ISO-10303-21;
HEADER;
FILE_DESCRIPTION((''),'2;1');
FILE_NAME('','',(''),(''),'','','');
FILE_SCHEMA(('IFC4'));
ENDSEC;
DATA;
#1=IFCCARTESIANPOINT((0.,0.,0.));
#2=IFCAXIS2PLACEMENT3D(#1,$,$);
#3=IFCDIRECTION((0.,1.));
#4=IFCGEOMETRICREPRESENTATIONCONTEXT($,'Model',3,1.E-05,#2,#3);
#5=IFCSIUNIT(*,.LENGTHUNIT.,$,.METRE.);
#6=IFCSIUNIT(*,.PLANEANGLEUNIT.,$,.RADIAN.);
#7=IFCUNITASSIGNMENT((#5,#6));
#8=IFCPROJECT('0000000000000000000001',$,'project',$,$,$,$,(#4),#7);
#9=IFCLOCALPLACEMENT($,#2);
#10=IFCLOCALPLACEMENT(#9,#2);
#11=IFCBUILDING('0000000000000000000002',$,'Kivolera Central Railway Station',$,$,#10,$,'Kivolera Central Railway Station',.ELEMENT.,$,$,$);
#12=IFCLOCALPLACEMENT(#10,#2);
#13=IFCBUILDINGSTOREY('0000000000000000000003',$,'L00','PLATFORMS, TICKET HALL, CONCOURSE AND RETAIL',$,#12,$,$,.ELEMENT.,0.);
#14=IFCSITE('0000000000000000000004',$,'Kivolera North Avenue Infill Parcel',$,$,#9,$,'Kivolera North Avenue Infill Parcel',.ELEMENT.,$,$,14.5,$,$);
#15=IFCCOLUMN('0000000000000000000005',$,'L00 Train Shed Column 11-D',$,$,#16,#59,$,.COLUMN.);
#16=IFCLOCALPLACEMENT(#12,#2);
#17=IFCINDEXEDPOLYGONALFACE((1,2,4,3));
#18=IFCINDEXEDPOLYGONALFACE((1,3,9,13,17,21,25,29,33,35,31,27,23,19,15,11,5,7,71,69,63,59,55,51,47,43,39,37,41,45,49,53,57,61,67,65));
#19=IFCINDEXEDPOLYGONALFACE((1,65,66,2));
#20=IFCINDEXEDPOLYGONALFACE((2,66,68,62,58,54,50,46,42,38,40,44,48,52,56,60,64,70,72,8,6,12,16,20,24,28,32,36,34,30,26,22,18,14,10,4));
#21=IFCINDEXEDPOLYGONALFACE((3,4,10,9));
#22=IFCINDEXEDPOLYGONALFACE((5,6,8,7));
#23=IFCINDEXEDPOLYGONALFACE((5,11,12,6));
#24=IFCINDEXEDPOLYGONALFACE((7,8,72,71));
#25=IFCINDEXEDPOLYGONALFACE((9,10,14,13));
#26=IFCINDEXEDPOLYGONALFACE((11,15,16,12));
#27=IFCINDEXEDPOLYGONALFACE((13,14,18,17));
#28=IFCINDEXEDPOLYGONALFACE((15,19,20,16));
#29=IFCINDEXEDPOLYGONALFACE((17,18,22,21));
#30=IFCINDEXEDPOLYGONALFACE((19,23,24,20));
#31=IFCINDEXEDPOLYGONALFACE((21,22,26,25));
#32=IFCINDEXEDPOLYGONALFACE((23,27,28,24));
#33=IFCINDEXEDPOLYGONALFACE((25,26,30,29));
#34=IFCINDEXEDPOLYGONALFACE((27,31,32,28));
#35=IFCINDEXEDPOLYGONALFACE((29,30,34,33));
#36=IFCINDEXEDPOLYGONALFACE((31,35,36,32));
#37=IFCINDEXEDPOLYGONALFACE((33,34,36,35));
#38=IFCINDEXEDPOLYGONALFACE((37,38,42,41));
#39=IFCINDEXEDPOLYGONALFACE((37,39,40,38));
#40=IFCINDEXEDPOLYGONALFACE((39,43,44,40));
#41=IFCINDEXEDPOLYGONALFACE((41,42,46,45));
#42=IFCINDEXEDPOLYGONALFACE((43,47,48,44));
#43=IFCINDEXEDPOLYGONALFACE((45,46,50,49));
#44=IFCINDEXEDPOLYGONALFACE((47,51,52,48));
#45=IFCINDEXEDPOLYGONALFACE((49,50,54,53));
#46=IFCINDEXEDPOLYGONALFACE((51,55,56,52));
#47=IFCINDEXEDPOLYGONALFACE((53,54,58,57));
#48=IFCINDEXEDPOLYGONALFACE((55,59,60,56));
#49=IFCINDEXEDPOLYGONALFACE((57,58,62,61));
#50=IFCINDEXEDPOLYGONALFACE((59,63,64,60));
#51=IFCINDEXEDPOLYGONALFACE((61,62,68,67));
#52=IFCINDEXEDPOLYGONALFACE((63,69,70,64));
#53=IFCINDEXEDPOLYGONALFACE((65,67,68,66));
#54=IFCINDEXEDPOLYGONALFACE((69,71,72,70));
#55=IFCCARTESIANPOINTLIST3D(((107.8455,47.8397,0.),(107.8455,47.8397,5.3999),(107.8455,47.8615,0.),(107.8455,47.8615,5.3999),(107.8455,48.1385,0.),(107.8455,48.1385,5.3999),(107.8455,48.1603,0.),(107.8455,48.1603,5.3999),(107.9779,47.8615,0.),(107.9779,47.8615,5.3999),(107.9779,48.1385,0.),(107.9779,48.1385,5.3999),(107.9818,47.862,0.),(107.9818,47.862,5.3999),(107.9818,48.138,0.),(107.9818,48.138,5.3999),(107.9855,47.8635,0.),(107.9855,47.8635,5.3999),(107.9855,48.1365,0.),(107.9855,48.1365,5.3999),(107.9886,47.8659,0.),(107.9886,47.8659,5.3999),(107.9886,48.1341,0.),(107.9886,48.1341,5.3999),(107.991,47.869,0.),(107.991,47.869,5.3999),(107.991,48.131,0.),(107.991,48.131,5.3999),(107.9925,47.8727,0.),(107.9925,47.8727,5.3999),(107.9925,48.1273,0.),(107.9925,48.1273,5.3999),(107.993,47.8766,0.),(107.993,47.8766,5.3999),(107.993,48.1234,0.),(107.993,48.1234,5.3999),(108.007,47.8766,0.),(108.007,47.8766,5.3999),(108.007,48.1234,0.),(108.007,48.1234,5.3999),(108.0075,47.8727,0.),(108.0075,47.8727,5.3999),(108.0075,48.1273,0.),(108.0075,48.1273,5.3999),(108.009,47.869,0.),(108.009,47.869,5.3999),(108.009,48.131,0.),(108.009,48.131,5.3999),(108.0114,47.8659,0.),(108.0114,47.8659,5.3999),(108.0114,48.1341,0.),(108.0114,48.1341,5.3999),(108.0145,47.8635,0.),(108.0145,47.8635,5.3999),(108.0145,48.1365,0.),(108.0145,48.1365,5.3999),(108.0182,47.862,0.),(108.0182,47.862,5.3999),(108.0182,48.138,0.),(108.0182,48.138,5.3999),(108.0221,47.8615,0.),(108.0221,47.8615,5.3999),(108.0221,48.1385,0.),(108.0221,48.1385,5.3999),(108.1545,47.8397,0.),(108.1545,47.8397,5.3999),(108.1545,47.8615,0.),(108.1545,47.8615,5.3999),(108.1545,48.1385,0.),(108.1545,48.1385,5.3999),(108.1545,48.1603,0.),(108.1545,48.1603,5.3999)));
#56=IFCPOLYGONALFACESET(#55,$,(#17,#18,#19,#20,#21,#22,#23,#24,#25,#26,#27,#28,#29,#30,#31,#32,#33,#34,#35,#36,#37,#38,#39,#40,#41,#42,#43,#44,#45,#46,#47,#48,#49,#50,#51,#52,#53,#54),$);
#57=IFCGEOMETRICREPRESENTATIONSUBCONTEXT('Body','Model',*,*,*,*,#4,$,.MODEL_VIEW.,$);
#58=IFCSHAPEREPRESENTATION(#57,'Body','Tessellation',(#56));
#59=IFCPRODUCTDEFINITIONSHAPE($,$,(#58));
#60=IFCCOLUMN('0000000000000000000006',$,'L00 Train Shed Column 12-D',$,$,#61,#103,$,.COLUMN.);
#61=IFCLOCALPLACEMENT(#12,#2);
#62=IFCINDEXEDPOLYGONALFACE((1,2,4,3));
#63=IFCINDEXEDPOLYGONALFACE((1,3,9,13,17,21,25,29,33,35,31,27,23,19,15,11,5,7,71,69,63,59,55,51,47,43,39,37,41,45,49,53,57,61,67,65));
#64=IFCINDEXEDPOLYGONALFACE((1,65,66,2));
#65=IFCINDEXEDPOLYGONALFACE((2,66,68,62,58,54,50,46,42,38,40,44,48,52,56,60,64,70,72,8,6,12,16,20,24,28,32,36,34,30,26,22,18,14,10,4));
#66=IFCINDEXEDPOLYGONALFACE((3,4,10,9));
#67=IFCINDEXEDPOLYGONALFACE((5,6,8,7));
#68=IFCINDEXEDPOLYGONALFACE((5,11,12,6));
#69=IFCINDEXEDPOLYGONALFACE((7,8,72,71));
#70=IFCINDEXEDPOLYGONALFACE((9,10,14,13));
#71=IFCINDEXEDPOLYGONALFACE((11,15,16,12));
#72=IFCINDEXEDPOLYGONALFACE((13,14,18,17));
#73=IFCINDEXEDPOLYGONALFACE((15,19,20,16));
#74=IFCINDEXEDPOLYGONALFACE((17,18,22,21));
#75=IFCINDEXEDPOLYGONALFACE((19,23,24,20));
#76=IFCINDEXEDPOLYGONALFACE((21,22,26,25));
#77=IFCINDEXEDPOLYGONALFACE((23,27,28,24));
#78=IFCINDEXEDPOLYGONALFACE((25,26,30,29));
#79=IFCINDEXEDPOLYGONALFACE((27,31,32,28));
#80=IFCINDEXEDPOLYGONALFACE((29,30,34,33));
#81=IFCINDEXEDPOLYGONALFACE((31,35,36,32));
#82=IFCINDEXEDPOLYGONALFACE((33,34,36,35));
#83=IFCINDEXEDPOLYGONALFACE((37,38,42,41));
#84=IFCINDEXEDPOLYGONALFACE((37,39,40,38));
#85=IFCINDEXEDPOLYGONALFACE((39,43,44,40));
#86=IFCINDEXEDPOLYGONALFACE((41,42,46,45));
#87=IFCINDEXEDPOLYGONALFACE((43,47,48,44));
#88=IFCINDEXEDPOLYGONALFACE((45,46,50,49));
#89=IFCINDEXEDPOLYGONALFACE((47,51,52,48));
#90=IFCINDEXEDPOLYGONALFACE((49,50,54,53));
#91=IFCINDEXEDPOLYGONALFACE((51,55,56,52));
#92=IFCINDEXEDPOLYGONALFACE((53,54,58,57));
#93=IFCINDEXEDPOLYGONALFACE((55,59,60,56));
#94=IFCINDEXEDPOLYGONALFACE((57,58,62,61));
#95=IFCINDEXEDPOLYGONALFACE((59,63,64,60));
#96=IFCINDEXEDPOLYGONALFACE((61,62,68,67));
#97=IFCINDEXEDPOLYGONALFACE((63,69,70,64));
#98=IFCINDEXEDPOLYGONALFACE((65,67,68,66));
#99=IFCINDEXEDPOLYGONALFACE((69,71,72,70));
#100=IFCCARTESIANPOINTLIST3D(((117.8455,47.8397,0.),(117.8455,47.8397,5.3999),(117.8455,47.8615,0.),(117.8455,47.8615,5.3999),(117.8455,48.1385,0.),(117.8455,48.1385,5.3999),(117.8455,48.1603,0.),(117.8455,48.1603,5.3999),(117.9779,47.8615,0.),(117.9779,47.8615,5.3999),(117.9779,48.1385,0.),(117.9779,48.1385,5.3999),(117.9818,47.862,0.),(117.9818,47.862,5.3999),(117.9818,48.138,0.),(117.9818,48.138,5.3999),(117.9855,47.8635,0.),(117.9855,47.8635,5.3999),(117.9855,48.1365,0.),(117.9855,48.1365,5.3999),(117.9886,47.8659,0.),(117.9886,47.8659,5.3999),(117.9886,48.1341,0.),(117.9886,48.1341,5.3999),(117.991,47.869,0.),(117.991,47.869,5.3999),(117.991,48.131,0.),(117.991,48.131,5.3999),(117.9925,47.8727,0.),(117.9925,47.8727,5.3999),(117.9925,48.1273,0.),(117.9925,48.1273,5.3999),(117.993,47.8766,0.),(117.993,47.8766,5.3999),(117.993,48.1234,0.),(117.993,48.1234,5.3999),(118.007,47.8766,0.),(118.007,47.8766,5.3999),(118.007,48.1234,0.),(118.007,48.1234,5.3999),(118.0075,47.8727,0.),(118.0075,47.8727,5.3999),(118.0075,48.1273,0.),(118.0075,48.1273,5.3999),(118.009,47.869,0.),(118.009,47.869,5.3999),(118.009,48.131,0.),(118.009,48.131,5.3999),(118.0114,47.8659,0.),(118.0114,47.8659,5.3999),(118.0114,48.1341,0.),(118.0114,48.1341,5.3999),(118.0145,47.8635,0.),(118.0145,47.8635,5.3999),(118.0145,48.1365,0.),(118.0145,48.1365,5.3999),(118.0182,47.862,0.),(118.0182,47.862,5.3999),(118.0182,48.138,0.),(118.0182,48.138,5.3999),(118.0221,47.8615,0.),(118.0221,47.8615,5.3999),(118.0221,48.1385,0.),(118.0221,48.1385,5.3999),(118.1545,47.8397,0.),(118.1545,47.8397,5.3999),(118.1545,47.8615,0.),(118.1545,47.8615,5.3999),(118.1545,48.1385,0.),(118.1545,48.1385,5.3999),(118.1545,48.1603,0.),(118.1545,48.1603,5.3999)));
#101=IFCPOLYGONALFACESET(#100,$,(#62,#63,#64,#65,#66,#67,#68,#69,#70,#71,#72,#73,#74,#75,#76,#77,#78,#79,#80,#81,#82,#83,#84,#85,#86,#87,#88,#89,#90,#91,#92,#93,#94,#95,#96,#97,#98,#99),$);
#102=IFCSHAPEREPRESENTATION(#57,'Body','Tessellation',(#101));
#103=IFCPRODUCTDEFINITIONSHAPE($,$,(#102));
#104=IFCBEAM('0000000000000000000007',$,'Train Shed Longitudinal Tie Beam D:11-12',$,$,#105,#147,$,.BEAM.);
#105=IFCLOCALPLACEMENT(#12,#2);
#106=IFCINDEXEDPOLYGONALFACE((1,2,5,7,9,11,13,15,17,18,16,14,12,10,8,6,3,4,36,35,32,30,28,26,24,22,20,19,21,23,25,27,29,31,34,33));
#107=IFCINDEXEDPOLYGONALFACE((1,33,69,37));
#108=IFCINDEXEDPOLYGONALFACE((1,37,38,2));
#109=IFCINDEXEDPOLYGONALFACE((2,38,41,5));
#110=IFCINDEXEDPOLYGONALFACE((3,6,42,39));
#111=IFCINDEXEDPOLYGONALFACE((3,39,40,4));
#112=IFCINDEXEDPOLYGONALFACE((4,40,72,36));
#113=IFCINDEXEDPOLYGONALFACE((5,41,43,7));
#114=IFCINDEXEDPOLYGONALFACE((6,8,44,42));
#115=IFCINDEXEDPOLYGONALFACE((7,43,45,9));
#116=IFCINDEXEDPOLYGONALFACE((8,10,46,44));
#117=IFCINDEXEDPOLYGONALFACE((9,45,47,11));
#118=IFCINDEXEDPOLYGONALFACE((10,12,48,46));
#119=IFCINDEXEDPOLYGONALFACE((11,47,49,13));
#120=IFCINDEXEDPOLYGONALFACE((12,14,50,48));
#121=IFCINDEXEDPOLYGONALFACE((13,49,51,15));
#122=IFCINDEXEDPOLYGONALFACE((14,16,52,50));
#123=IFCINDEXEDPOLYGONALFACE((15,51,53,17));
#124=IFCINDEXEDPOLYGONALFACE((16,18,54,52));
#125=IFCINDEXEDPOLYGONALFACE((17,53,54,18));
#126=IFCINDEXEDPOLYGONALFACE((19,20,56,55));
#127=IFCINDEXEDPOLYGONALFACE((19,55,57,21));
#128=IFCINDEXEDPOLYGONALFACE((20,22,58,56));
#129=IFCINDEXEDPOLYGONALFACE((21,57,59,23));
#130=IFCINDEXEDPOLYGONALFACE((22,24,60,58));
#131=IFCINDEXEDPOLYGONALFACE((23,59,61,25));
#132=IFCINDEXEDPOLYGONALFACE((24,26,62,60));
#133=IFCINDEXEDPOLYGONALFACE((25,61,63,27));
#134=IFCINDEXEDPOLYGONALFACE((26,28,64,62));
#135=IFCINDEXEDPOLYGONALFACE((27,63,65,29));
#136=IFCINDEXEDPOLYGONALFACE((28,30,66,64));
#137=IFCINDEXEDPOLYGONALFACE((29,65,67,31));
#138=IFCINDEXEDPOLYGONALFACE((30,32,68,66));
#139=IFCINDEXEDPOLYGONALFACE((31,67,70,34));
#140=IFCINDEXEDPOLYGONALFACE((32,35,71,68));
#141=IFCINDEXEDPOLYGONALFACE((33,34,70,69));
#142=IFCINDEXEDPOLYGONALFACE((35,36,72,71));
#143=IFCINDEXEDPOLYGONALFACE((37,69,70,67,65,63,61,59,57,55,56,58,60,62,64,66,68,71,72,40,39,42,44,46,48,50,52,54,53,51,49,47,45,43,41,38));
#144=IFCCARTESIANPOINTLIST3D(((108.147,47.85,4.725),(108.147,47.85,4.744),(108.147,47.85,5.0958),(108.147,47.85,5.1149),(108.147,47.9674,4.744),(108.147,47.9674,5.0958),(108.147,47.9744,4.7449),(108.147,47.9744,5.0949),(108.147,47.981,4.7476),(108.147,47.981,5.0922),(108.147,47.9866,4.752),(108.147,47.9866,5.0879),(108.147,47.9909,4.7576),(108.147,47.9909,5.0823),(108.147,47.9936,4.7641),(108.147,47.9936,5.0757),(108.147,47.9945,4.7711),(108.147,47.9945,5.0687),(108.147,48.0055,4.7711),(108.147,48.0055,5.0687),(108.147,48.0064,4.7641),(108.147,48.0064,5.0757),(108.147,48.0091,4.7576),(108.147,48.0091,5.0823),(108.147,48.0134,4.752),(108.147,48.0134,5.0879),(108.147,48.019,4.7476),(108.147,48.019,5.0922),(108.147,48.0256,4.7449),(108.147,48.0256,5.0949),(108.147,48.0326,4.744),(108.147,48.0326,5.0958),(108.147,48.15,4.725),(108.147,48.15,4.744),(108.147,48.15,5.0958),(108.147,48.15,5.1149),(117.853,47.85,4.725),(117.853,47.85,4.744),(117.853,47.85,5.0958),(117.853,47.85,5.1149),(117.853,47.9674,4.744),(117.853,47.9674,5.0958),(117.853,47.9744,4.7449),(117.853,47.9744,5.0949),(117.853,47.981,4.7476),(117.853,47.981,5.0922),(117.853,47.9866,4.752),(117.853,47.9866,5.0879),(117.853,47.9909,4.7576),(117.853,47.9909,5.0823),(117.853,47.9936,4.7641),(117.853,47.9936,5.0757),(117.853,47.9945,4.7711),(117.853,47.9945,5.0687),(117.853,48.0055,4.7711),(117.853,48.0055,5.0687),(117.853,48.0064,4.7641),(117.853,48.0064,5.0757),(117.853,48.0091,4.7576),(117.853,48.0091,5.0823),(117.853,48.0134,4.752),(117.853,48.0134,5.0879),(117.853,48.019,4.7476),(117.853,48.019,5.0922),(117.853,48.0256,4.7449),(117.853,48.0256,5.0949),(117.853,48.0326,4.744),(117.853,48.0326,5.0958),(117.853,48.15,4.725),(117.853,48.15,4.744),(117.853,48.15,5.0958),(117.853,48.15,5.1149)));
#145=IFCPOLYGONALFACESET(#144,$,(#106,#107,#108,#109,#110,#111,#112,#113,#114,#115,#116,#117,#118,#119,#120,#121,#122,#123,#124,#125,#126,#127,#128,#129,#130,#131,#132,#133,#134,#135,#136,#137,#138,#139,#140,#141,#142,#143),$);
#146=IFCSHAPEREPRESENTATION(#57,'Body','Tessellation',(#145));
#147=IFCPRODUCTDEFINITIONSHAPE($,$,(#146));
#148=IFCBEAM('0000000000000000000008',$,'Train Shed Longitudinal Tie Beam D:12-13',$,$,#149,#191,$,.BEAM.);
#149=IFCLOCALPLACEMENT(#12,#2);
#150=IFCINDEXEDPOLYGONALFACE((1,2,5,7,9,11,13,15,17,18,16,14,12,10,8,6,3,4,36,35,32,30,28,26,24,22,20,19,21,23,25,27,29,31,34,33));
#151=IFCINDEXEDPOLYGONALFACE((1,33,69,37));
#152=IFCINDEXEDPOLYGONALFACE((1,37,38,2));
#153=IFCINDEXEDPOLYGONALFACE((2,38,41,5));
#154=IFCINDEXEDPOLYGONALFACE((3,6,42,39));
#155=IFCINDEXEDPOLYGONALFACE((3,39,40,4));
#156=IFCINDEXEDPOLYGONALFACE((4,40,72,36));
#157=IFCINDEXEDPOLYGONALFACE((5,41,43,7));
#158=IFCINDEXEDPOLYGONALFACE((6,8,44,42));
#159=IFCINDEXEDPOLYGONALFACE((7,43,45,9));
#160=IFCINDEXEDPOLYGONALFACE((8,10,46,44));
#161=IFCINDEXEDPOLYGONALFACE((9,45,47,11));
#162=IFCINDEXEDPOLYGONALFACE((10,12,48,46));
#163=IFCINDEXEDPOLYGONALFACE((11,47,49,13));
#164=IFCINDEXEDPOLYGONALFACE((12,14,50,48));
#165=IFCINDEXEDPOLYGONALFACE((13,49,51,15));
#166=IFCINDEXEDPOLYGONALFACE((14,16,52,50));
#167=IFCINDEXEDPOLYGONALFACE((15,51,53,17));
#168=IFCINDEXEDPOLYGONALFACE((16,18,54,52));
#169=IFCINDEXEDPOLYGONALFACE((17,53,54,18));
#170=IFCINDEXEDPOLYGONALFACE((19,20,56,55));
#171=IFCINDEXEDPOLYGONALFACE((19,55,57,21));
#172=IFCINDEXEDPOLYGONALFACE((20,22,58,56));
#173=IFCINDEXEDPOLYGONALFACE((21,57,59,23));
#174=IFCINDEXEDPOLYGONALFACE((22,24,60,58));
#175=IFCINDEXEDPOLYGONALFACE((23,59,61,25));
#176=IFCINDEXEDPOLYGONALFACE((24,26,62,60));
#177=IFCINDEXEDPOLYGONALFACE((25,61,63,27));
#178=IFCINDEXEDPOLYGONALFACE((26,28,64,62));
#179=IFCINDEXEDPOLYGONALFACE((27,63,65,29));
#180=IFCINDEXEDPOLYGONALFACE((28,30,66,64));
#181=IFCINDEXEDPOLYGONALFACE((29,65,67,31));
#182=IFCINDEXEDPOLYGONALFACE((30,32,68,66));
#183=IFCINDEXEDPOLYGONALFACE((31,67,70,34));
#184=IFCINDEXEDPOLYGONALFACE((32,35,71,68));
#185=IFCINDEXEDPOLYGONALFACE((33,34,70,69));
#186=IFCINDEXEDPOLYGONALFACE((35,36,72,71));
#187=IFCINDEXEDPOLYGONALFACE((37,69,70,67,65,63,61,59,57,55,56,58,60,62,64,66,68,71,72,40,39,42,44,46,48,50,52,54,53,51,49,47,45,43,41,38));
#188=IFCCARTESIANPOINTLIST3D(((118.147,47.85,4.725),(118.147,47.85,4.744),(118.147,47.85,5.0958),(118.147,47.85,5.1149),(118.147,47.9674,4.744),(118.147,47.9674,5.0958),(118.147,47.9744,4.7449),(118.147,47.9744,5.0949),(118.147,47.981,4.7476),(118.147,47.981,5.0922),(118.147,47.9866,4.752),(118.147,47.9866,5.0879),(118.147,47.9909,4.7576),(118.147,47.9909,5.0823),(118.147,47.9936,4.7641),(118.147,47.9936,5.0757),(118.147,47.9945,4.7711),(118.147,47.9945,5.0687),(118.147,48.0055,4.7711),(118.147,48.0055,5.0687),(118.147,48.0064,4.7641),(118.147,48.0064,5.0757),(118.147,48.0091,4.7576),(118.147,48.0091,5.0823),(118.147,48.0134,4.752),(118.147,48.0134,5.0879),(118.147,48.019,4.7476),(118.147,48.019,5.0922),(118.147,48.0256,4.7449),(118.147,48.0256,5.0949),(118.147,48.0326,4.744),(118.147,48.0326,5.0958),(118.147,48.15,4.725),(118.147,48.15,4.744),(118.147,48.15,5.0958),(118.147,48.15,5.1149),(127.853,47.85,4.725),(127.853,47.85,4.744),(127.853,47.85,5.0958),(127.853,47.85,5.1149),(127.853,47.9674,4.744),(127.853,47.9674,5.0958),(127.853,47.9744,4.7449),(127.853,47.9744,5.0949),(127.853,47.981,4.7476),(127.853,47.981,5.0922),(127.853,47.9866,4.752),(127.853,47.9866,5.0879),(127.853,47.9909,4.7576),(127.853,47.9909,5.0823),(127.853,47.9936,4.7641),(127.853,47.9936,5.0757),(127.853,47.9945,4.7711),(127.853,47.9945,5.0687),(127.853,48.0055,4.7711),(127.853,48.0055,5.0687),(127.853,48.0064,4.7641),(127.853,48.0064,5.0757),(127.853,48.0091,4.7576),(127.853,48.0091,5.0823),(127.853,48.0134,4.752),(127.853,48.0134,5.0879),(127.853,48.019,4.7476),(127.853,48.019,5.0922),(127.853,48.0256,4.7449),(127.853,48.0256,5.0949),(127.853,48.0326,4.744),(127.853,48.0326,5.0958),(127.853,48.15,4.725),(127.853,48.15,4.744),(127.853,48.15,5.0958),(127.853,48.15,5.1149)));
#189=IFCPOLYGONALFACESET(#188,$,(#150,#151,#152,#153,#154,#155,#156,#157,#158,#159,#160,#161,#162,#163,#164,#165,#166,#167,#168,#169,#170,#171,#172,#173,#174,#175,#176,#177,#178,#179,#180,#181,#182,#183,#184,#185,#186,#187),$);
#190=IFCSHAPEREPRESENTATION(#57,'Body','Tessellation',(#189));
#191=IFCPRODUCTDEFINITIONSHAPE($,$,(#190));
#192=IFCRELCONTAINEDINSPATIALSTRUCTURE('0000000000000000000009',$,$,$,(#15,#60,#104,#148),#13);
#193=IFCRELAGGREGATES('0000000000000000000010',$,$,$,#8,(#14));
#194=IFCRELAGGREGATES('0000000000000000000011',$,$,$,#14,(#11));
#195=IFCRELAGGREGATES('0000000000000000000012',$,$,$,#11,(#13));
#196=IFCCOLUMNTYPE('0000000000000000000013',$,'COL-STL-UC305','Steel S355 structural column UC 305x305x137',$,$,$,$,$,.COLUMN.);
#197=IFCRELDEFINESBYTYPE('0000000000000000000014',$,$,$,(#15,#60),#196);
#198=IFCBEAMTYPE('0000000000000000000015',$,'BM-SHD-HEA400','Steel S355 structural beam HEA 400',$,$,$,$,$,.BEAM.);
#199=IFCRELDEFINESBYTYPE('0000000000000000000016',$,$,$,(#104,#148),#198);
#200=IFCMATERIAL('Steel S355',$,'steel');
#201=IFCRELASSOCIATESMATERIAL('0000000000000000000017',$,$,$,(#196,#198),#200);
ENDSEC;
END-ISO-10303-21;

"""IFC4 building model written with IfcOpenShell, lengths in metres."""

from ifc_helpers import new_model, si_unit, direction, frame, origin, origin_2d, place, context, subcontext, project, spatial, i_section, extrude, material, material_profile, profile_set, type_object, element, save


model = new_model("IFC4")

# Units and contexts
model_context = context("Model", 3, precision=1e-05, world=origin(), true_north=direction((0.0, 1.0)))
body_context = subcontext(model_context, "Body", "Model", "MODEL_VIEW")
ifc_project = project(units=[si_unit("LENGTHUNIT", "METRE"), si_unit("PLANEANGLEUNIT", "RADIAN")], contexts=[model_context])

# Site, building, storey
site_placement = place(None, origin())
site = spatial("IfcSite", under=ifc_project, at=site_placement, Name="Kivolera North Avenue Infill Parcel", LongName="Kivolera North Avenue Infill Parcel", CompositionType="ELEMENT", RefElevation=14.5)
building_placement = place(site_placement, origin())
building = spatial("IfcBuilding", under=site, at=building_placement, Name="Kivolera Central Railway Station", LongName="Kivolera Central Railway Station", CompositionType="ELEMENT")
storey_placement = place(building_placement, origin())
storey = spatial("IfcBuildingStorey", under=building, at=storey_placement, Name="L00", Description="PLATFORMS, TICKET HALL, CONCOURSE AND RETAIL", CompositionType="ELEMENT", Elevation=0.0)

# Columns
ifc_material_1 = material(Name="Steel S355", Category="steel")
ifc_material_profile_1 = material_profile(ifc_material_1, i_section(OverallWidth=0.3091, OverallDepth=0.3206, WebThickness=0.0139, FlangeThickness=0.0217, FilletRadius=0.0151, at=origin_2d()), Name="UC 305x305x137")
ifc_profile_set_1 = profile_set([ifc_material_profile_1], Name="Steel S355")
column_type_1 = type_object("IfcColumnType", Name="COL-STL-UC305", Description="Steel S355 structural column UC 305x305x137", PredefinedType="COLUMN", material=ifc_profile_set_1)
for number, where, z_axis, x_axis, name in (
    (1, (108.0, 48.0, 0.0), (0.0, 0.0, 1.0), (1.0, 0.0, 0.0), "L00 Train Shed Column 11-D"),
    (2, (118.0, 48.0, 0.0), (0.0, 0.0, 1.0), (1.0, 0.0, 0.0), "L00 Train Shed Column 12-D"),
):
    element("IfcColumn", number, at=place(storey_placement, frame(where, z_axis=z_axis, x_axis=x_axis)), inside=storey, type_object=column_type_1, Name=name, PredefinedType="COLUMN", context=body_context, shape_type="SweptSolid", body=[
        extrude(i_section(OverallWidth=0.3091, OverallDepth=0.3206, WebThickness=0.0139, FlangeThickness=0.0217, FilletRadius=0.0151, at=origin_2d()), origin(), (0.0, 0.0, 1.0), 5.3999),
    ])

# Beams
ifc_material_profile_2 = material_profile(ifc_material_1, i_section(OverallWidth=0.3, OverallDepth=0.3899, WebThickness=0.011, FlangeThickness=0.019, FilletRadius=0.0271, at=origin_2d()), Name="HEA 400")
ifc_profile_set_2 = profile_set([ifc_material_profile_2], Name="Steel S355")
beam_type_1 = type_object("IfcBeamType", Name="BM-SHD-HEA400", Description="Steel S355 structural beam HEA 400", PredefinedType="BEAM", material=ifc_profile_set_2)
for number, where, z_axis, x_axis, name in (
    (3, (108.147, 48.0, 4.9199), (1.0, 0.0, 0.0), (0.0, 1.0, 0.0), "Train Shed Longitudinal Tie Beam D:11-12"),
    (4, (118.147, 48.0, 4.9199), (1.0, 0.0, 0.0), (0.0, 1.0, 0.0), "Train Shed Longitudinal Tie Beam D:12-13"),
):
    element("IfcBeam", number, at=place(storey_placement, frame(where, z_axis=z_axis, x_axis=x_axis)), inside=storey, type_object=beam_type_1, Name=name, PredefinedType="BEAM", context=body_context, shape_type="SweptSolid", body=[
        extrude(i_section(OverallWidth=0.3, OverallDepth=0.3899, WebThickness=0.011, FlangeThickness=0.019, FilletRadius=0.0271, at=origin_2d()), origin(), (0.0, 0.0, 1.0), 9.7061),
    ])

save(model, "model.ifc")
